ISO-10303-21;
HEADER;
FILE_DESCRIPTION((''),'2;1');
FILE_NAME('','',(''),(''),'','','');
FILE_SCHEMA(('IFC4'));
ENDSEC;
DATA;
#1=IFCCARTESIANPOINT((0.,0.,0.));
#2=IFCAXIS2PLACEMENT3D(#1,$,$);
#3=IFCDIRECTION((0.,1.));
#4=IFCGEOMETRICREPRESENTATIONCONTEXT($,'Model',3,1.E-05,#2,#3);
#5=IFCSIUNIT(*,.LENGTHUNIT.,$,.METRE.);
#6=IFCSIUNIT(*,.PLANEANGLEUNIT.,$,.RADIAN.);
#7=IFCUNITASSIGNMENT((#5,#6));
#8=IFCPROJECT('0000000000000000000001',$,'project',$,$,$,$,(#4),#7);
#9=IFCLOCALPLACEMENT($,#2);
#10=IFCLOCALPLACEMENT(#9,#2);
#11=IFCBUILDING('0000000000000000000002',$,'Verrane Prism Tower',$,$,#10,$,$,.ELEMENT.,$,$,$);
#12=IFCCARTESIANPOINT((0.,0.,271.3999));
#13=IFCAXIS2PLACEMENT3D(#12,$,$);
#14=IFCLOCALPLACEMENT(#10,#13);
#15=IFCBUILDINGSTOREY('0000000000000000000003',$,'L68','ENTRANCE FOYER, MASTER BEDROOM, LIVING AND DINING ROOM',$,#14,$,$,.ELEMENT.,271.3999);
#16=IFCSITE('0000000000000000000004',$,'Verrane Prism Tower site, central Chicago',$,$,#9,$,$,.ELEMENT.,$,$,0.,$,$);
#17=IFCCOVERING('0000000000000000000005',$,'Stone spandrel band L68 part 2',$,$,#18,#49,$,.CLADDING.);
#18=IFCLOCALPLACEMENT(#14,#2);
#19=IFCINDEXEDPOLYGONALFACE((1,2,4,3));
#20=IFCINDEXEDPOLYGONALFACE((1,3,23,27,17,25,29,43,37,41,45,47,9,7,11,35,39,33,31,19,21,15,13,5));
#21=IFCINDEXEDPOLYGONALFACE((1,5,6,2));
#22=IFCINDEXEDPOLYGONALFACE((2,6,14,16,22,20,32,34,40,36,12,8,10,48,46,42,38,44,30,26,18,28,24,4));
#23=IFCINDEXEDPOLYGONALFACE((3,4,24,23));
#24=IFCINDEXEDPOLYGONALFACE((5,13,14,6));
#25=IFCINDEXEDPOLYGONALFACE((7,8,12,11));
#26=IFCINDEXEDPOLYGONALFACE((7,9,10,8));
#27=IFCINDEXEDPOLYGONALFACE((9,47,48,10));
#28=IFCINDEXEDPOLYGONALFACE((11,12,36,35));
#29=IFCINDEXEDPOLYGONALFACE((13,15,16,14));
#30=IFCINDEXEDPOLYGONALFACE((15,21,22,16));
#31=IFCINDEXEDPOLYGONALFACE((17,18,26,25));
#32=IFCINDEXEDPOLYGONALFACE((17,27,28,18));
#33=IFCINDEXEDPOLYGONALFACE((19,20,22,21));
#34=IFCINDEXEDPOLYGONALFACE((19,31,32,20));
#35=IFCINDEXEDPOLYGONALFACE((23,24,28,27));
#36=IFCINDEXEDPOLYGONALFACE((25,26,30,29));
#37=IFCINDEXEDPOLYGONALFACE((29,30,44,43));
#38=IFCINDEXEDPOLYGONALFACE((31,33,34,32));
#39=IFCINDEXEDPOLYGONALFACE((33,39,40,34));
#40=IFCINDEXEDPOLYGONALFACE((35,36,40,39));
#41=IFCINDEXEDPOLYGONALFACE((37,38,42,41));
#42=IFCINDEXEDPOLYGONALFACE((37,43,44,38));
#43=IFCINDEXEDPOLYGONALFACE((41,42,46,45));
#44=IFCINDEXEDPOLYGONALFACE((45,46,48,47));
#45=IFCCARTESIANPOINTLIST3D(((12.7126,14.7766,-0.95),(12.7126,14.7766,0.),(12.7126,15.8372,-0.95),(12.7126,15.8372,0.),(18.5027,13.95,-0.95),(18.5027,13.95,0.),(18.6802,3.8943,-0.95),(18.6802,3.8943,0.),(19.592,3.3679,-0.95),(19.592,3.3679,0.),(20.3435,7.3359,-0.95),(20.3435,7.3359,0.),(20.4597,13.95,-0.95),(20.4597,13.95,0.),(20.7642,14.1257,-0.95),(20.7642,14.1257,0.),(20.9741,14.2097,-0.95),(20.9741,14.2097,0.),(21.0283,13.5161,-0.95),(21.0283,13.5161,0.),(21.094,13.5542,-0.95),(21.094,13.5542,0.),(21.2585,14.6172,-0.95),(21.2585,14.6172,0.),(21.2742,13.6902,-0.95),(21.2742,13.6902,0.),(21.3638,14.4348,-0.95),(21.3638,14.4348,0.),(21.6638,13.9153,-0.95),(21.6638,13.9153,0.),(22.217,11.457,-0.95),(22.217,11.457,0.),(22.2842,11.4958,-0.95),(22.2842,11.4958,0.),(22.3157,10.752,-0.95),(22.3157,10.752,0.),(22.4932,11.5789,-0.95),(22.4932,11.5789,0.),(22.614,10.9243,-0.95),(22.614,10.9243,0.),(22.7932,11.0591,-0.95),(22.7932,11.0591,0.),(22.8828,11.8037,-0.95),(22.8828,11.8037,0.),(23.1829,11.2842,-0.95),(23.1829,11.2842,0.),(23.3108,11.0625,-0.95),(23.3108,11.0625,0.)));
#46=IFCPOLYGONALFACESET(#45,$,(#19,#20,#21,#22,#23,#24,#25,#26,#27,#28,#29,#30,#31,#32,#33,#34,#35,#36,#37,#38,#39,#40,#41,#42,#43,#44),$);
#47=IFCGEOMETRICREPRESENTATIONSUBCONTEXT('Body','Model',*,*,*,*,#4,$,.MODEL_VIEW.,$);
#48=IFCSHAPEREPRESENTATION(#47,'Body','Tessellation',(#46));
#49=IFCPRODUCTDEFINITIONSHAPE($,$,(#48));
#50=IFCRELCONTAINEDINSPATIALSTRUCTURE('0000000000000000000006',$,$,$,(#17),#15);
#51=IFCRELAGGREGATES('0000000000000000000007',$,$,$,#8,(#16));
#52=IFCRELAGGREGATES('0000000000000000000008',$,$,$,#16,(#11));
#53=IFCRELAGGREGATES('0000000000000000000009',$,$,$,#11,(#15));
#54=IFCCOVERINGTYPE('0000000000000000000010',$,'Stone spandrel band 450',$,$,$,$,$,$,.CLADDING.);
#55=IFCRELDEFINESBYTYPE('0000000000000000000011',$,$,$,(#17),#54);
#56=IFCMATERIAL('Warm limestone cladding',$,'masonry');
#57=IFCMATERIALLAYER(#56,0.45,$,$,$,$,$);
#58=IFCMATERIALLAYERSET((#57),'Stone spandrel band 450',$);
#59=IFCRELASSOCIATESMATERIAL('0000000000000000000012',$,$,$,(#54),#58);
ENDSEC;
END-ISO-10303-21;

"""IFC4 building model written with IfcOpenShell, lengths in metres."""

from ifc_helpers import new_model, si_unit, direction, frame, origin, place, context, subcontext, project, spatial, polyline, outline, extrude, material, layer, layer_set, type_object, element, save


model = new_model("IFC4")

# Units and contexts
model_context = context("Model", 3, precision=1e-05, world=origin(), true_north=direction((0.0, 1.0)))
body_context = subcontext(model_context, "Body", "Model", "MODEL_VIEW")
ifc_project = project(units=[si_unit("LENGTHUNIT", "METRE"), si_unit("PLANEANGLEUNIT", "RADIAN")], contexts=[model_context])

# Site, building, storey
site_placement = place(None, origin())
site = spatial("IfcSite", under=ifc_project, at=site_placement, Name="Verrane Prism Tower site, central Chicago", CompositionType="ELEMENT", RefElevation=0.0)
building_placement = place(site_placement, origin())
building = spatial("IfcBuilding", under=site, at=building_placement, Name="Verrane Prism Tower", CompositionType="ELEMENT")
storey_placement = place(building_placement, frame((0.0, 0.0, 271.3999)))
storey = spatial("IfcBuildingStorey", under=building, at=storey_placement, Name="L68", Description="ENTRANCE FOYER, MASTER BEDROOM, LIVING AND DINING ROOM", CompositionType="ELEMENT", Elevation=271.3999)

# Covering
ifc_material_1 = material(Name="Warm limestone cladding", Category="masonry")
ifc_layer_1 = layer(ifc_material_1, 0.45)
ifc_layer_set_1 = layer_set([ifc_layer_1], Name="Stone spandrel band 450")
covering_type = type_object("IfcCoveringType", Name="Stone spandrel band 450", PredefinedType="CLADDING", material=ifc_layer_set_1)
covering_1_placement = place(storey_placement, frame((0.0, 0.0, -0.95)))
element("IfcCovering", 1, at=covering_1_placement, inside=storey, type_object=covering_type, Name="Stone spandrel band L68 part 2", PredefinedType="CLADDING", context=body_context, shape_type="SweptSolid", body=[
    extrude(outline(polyline([(12.7126, 14.7766), (18.5027, 13.95), (20.4597, 13.95), (20.7642, 14.1257), (21.094, 13.5542), (21.0283, 13.5161), (22.217, 11.457), (22.2842, 11.4958), (22.614, 10.9243), (22.3157, 10.752), (20.3435, 7.3359), (18.6802, 3.8943), (19.592, 3.3679), (23.3108, 11.0625), (23.1829, 11.2842), (22.7932, 11.0591), (22.4932, 11.5789), (22.8828, 11.8037), (21.6638, 13.9153), (21.2742, 13.6902), (20.9741, 14.2097), (21.3638, 14.4348), (21.2585, 14.6172), (12.7126, 15.8372), (12.7126, 14.7766)])), origin(), (0.0, 0.0, 1.0), 0.95),
])

save(model, "model.ifc")
